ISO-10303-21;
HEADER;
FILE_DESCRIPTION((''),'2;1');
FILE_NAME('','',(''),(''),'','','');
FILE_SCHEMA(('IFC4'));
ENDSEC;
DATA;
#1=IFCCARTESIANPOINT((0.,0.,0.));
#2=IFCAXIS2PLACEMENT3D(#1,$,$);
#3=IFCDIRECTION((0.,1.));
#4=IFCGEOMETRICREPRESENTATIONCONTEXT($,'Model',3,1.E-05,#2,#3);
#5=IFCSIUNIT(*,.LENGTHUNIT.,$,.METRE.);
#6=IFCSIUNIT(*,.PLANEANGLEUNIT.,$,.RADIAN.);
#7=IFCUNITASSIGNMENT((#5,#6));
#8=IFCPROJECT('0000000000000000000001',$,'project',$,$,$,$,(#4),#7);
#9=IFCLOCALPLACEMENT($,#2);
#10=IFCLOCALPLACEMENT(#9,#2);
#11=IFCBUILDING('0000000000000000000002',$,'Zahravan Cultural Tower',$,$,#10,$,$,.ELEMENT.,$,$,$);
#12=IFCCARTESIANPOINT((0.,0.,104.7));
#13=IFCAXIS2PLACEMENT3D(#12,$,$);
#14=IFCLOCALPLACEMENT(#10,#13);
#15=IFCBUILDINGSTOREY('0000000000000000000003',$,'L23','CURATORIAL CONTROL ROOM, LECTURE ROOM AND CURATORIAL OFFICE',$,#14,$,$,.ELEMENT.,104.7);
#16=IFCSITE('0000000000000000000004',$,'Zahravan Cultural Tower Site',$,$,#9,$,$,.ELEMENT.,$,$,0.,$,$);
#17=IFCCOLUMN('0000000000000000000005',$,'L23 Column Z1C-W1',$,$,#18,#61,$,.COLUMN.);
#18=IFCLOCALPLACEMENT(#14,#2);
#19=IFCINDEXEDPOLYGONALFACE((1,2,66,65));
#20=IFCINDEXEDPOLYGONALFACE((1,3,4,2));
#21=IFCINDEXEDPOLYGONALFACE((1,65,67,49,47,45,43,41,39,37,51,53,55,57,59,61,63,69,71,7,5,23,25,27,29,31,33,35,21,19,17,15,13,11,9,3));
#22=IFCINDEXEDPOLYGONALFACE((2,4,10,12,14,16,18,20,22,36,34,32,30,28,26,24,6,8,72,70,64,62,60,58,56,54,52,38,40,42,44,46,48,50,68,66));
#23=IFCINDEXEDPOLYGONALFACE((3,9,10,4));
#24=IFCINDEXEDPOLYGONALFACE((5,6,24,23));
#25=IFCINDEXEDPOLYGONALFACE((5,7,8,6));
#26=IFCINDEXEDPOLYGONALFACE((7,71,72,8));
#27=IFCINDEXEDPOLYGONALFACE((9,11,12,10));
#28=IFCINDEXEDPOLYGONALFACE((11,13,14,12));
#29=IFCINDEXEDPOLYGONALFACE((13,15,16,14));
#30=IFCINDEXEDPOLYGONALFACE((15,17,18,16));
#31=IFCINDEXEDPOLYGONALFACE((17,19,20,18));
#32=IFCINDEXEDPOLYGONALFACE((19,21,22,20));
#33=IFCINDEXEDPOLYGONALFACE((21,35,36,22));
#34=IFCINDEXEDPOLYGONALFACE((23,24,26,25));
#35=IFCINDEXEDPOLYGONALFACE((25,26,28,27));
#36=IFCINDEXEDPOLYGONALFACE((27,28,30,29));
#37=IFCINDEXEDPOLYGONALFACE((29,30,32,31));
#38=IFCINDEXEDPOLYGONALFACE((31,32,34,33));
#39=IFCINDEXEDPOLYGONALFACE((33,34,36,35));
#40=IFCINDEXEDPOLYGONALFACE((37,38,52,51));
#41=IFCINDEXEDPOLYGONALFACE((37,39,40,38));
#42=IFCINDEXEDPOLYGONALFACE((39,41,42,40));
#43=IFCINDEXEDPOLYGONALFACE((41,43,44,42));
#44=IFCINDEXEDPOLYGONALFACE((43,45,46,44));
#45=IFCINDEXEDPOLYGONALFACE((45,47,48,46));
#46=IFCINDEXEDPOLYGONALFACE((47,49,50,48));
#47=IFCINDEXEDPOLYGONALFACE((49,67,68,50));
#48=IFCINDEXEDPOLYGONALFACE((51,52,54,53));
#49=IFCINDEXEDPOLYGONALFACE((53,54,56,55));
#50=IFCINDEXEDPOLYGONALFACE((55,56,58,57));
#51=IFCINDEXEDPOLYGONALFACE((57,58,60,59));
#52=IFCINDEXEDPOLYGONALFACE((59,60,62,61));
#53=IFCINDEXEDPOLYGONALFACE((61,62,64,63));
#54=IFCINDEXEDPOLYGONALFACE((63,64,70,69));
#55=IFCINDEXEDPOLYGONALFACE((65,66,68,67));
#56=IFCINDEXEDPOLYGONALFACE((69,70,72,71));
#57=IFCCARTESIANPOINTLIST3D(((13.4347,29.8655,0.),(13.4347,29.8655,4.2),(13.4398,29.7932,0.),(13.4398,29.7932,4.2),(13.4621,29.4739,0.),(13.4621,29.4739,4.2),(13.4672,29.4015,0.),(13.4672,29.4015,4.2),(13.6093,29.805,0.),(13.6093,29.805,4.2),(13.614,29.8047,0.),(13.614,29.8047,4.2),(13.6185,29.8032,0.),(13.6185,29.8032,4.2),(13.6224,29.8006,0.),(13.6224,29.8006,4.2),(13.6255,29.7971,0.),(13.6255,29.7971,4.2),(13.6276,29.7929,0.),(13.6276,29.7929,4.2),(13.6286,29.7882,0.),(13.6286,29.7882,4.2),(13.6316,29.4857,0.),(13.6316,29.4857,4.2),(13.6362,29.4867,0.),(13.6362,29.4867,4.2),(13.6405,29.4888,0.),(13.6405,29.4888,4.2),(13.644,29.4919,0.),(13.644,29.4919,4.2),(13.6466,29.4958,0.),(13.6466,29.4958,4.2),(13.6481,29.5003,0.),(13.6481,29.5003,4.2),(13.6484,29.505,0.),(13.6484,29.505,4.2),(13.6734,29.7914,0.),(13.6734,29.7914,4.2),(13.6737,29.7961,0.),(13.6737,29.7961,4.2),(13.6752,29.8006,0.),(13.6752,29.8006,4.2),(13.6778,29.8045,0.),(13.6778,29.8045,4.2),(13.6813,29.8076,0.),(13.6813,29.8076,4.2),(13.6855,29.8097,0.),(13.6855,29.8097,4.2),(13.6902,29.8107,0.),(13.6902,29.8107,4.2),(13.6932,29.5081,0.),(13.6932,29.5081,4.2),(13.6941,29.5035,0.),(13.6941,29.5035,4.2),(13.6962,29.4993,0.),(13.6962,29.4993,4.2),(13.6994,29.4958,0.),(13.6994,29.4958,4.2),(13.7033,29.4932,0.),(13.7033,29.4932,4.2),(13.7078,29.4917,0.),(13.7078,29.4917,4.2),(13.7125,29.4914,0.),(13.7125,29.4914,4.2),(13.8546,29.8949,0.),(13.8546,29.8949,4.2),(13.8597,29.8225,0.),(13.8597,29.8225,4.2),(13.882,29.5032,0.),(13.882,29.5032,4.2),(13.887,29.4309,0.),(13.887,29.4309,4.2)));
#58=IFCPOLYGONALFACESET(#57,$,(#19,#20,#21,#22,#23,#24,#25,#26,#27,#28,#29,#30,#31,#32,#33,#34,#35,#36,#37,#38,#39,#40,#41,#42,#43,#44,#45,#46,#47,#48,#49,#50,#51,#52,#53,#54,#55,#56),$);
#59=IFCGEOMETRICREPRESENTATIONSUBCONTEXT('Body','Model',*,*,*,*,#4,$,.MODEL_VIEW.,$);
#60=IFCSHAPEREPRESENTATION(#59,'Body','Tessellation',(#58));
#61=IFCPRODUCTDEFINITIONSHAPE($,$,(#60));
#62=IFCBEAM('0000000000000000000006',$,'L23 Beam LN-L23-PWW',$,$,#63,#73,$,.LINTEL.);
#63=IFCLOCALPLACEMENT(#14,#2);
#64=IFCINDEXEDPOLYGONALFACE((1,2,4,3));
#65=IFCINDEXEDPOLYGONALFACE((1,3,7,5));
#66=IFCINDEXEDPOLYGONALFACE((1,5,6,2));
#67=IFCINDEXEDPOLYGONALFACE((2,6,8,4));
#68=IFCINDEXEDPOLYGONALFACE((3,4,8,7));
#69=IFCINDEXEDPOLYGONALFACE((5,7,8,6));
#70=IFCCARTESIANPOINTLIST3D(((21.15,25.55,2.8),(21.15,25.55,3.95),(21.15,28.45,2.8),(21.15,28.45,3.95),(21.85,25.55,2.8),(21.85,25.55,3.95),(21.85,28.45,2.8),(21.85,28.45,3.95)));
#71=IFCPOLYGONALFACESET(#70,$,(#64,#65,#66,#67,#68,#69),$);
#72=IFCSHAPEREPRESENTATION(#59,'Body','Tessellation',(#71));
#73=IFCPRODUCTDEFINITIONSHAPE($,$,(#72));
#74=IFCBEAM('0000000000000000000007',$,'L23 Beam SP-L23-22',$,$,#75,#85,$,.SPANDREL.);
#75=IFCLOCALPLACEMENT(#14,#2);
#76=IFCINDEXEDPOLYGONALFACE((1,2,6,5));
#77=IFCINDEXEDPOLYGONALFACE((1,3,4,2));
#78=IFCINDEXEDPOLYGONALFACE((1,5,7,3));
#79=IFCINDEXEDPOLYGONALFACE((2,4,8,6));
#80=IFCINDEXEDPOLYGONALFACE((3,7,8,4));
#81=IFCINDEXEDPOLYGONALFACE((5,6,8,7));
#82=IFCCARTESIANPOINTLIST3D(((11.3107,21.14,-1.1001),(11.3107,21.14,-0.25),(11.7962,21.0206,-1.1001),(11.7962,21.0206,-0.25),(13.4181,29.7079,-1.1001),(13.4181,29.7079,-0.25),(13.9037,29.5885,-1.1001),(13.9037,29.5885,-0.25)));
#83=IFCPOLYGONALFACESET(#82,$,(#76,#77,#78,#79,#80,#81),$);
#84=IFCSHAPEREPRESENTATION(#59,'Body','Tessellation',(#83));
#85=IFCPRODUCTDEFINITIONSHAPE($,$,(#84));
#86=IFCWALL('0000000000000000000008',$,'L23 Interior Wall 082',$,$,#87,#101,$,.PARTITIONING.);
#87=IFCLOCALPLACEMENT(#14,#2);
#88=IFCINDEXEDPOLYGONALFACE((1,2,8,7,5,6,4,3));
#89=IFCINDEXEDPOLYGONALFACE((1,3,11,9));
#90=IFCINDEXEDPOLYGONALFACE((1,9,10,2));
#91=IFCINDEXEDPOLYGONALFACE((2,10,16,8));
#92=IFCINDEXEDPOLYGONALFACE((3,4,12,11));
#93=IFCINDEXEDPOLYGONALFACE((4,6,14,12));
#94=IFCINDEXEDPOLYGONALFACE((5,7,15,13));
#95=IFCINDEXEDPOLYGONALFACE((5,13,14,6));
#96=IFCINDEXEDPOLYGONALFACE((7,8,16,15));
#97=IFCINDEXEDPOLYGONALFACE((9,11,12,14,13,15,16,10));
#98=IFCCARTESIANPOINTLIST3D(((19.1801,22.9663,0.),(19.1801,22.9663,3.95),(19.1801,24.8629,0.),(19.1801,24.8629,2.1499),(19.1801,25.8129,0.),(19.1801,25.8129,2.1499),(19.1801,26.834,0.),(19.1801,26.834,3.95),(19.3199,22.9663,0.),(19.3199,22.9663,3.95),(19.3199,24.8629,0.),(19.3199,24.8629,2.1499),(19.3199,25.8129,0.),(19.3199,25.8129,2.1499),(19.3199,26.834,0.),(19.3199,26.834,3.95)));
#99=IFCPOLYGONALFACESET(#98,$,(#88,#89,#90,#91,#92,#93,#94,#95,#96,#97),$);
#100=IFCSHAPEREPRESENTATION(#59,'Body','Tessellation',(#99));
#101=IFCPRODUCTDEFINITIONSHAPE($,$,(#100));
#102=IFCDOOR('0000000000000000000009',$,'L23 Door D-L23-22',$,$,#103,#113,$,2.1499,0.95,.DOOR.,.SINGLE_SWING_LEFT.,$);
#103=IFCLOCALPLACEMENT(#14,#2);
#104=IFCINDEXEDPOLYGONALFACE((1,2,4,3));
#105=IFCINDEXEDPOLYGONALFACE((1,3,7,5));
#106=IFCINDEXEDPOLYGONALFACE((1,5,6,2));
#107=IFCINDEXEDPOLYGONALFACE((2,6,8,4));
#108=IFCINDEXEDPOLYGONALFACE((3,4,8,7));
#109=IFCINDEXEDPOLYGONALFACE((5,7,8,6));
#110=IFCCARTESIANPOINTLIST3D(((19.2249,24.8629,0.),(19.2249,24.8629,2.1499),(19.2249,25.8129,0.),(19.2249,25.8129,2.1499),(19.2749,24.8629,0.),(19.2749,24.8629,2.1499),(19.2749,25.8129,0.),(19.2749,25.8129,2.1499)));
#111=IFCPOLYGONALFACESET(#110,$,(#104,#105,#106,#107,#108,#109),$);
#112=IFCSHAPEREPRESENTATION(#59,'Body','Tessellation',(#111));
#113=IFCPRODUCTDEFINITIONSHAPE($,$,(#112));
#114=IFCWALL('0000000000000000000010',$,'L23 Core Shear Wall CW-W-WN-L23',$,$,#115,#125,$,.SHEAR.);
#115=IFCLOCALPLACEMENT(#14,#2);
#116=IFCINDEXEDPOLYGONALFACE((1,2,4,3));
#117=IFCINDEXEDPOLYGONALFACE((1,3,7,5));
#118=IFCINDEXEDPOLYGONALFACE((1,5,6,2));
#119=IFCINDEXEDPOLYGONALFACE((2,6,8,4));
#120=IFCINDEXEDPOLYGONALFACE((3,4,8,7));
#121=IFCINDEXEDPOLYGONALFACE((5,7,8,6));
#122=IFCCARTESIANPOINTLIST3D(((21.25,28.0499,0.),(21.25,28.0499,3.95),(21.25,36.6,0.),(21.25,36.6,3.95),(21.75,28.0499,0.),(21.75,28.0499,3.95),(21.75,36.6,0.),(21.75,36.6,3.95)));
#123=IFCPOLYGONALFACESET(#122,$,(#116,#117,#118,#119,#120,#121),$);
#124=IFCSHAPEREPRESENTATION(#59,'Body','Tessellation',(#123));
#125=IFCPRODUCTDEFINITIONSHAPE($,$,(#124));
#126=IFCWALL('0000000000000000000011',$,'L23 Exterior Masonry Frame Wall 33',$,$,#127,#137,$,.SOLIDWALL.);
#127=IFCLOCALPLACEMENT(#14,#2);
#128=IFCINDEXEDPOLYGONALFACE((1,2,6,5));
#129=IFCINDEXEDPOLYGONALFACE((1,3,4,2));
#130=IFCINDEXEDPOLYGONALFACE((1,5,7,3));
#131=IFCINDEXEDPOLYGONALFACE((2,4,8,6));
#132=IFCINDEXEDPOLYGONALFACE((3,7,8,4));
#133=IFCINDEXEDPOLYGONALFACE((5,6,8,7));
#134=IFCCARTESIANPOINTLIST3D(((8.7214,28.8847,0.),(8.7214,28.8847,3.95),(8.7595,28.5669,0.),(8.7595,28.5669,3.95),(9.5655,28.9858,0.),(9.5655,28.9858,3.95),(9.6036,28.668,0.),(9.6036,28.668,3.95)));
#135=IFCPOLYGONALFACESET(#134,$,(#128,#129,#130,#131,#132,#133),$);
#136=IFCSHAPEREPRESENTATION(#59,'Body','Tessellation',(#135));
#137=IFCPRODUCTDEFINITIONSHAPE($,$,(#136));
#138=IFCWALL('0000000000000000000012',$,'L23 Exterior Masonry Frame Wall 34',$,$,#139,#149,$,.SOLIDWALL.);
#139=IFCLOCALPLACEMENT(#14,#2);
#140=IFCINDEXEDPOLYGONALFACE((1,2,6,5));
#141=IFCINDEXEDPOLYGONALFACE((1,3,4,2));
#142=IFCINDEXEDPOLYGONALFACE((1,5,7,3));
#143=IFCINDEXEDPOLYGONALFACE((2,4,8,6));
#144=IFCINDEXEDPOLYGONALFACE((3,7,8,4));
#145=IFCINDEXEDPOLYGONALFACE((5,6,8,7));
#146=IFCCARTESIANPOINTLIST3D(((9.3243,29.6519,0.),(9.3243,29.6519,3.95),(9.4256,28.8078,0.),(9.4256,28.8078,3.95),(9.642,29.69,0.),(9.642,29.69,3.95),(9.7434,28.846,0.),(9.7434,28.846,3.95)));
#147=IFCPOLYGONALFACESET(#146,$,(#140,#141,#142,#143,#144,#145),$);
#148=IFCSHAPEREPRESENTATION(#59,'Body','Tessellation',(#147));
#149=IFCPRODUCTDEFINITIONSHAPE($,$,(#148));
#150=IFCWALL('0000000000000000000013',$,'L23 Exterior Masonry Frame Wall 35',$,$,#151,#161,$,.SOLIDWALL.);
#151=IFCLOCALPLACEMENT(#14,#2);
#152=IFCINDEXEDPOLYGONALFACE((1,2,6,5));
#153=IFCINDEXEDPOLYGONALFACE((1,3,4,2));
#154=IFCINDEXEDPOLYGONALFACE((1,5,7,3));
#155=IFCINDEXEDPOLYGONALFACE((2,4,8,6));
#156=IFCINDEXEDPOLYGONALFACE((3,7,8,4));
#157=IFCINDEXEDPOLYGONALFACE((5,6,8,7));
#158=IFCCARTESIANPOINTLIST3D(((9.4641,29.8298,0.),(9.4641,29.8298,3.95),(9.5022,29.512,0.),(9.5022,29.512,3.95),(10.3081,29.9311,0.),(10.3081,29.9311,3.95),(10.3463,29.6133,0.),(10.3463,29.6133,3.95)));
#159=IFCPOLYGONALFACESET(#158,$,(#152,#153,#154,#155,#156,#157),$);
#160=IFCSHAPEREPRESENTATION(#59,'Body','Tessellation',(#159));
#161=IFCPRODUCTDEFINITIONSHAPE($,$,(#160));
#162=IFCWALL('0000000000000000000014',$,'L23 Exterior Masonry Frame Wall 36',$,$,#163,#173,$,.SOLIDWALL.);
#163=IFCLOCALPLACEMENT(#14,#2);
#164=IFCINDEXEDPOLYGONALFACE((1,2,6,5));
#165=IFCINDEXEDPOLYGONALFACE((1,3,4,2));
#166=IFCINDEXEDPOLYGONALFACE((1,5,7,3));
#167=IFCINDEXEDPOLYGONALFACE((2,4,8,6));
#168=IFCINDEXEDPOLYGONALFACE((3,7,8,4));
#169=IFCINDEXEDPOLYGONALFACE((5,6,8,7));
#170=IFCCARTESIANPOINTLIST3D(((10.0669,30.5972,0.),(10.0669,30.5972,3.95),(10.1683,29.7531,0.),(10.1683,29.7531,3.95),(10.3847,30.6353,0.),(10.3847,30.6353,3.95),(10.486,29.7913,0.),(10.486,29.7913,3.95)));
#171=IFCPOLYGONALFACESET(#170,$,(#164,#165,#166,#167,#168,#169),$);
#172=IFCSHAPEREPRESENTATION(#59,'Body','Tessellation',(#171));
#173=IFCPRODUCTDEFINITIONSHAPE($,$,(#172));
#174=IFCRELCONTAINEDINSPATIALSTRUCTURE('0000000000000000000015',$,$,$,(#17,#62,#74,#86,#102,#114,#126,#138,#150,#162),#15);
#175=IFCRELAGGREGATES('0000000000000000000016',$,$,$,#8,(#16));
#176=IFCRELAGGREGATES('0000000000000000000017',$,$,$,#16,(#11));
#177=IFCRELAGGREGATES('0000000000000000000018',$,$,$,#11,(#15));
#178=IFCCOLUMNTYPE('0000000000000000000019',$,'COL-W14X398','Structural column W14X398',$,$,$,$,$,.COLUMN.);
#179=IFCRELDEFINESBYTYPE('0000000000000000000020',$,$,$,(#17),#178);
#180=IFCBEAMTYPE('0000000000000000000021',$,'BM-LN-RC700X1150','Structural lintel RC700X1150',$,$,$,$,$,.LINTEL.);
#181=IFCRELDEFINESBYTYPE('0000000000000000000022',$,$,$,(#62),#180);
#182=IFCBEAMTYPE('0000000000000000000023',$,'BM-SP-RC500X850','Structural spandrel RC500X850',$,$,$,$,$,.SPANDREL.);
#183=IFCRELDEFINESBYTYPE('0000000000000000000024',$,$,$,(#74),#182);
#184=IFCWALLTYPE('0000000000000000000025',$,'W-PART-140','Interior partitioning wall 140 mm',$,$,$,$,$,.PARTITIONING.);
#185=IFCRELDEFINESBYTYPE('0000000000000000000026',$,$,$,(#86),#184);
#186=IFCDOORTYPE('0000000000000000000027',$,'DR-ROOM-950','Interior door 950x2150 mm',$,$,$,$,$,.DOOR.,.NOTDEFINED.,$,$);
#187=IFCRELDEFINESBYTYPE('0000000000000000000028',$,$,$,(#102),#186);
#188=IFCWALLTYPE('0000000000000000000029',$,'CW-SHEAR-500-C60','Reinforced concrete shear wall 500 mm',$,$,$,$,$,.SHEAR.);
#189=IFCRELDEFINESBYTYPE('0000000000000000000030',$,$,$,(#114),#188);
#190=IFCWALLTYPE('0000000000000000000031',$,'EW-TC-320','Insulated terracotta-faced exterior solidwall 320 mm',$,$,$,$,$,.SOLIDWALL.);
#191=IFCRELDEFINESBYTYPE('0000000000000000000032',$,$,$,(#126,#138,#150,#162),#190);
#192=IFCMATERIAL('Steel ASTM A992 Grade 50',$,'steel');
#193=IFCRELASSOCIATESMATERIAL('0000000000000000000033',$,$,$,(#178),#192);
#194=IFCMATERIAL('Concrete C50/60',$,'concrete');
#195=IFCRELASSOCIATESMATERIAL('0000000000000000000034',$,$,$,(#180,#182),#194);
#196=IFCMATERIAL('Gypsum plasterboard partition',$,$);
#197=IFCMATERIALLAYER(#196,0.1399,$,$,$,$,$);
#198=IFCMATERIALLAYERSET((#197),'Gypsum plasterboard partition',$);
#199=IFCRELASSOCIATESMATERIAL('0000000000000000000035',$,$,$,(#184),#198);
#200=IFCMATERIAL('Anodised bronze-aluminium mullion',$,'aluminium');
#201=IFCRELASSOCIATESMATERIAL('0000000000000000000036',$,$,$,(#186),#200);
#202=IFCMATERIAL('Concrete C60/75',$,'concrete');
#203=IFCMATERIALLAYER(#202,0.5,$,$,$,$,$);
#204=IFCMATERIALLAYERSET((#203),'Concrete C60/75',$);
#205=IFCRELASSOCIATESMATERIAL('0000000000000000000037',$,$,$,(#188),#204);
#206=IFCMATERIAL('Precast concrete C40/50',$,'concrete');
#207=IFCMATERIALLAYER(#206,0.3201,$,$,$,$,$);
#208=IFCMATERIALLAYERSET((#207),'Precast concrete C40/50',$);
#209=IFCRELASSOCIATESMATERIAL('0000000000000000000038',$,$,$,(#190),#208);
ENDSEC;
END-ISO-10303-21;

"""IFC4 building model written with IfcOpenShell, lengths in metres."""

from ifc_helpers import new_model, si_unit, direction, frame, frame_2d, origin, origin_2d, place, context, subcontext, project, spatial, rectangle, i_section, extrude, source, transform, mapped, material, layer, layer_set, material_profile, profile_set, type_object, element, fill, save


model = new_model("IFC4")

# Units and contexts
model_context = context("Model", 3, precision=1e-05, world=origin(), true_north=direction((0.0, 1.0)))
body_context = subcontext(model_context, "Body", "Model", "MODEL_VIEW")
ifc_project = project(units=[si_unit("LENGTHUNIT", "METRE"), si_unit("PLANEANGLEUNIT", "RADIAN")], contexts=[model_context])

# Site, building, storey
site_placement = place(None, origin())
site = spatial("IfcSite", under=ifc_project, at=site_placement, Name="Zahravan Cultural Tower Site", CompositionType="ELEMENT", RefElevation=0.0)
building_placement = place(site_placement, origin())
building = spatial("IfcBuilding", under=site, at=building_placement, Name="Zahravan Cultural Tower", CompositionType="ELEMENT")
storey_placement = place(building_placement, frame((0.0, 0.0, 104.7)))
storey = spatial("IfcBuildingStorey", under=building, at=storey_placement, Name="L23", Description="CURATORIAL CONTROL ROOM, LECTURE ROOM AND CURATORIAL OFFICE", CompositionType="ELEMENT", Elevation=104.7)

# Column
ifc_material_1 = material(Name="Steel ASTM A992 Grade 50", Category="steel")
ifc_material_profile_1 = material_profile(ifc_material_1, i_section(OverallWidth=0.4209, OverallDepth=0.4651, WebThickness=0.0449, FlangeThickness=0.0725, FilletRadius=0.0181, at=origin_2d()), Name="W14X398")
ifc_profile_set_1 = profile_set([ifc_material_profile_1], Name="Steel ASTM A992 Grade 50")
column_type = type_object("IfcColumnType", Name="COL-W14X398", Description="Structural column W14X398", PredefinedType="COLUMN", material=ifc_profile_set_1)
shared_shape_1 = source(origin(), body_context, "Body", "SweptSolid", [
    extrude(i_section(OverallWidth=0.4209, OverallDepth=0.4651, WebThickness=0.0449, FlangeThickness=0.0725, FilletRadius=0.0181, at=origin_2d()), origin(), (0.0, 0.0, 1.0), 4.2),
])
column_placement = place(storey_placement, frame((13.6609, 29.6482, 0.0), z_axis=(0.0, 0.0, 1.0), x_axis=(0.997564, 0.069756, 0.0)))
element("IfcColumn", 1, at=column_placement, inside=storey, type_object=column_type, Name="L23 Column Z1C-W1", PredefinedType="COLUMN", context=body_context, shape_type="MappedRepresentation", body=[
    mapped(shared_shape_1, transform((0.0, 0.0, 0.0), x_axis=(1.0, 0.0, 0.0), y_axis=(0.0, 1.0, 0.0), z_axis=(0.0, 0.0, 1.0), scale=1.0)),
])

# Beams
ifc_material_2 = material(Name="Concrete C50/60", Category="concrete")
ifc_material_profile_2 = material_profile(ifc_material_2, rectangle(XDim=0.7, YDim=1.1499, at=origin_2d()), Name="RC700X1150")
ifc_profile_set_2 = profile_set([ifc_material_profile_2], Name="Concrete C50/60")
beam_type_1 = type_object("IfcBeamType", Name="BM-LN-RC700X1150", Description="Structural lintel RC700X1150", PredefinedType="LINTEL", material=ifc_profile_set_2)
shared_shape_2 = source(origin(), body_context, "Body", "SweptSolid", [
    extrude(rectangle(XDim=0.7, YDim=1.1499, at=origin_2d()), origin(), (0.0, 0.0, 1.0), 2.8999),
])
beam_1_placement = place(storey_placement, frame((21.5, 25.55, 3.375), z_axis=(0.0, 1.0, 0.0), x_axis=(-1.0, 0.0, 0.0)))
element("IfcBeam", 2, at=beam_1_placement, inside=storey, type_object=beam_type_1, Name="L23 Beam LN-L23-PWW", PredefinedType="LINTEL", context=body_context, shape_type="MappedRepresentation", body=[
    mapped(shared_shape_2, transform((0.0, 0.0, 0.0), x_axis=(1.0, 0.0, 0.0), y_axis=(0.0, 1.0, 0.0), z_axis=(0.0, 0.0, 1.0), scale=1.0)),
])
ifc_material_profile_3 = material_profile(ifc_material_2, rectangle(XDim=0.5, YDim=0.8501, at=origin_2d()), Name="RC500X850")
ifc_profile_set_3 = profile_set([ifc_material_profile_3], Name="Concrete C50/60")
beam_type_2 = type_object("IfcBeamType", Name="BM-SP-RC500X850", Description="Structural spandrel RC500X850", PredefinedType="SPANDREL", material=ifc_profile_set_3)
shared_shape_3 = source(origin(), body_context, "Body", "SweptSolid", [
    extrude(rectangle(XDim=0.5, YDim=0.8501, at=origin_2d()), origin(), (0.0, 0.0, 1.0), 8.8232),
])
beam_2_placement = place(storey_placement, frame((13.6609, 29.6482, -0.675), z_axis=(-0.238849, -0.971057, 0.0), x_axis=(0.971057, -0.238849, 0.0)))
element("IfcBeam", 3, at=beam_2_placement, inside=storey, type_object=beam_type_2, Name="L23 Beam SP-L23-22", PredefinedType="SPANDREL", context=body_context, shape_type="MappedRepresentation", body=[
    mapped(shared_shape_3, transform((0.0, 0.0, 0.0), x_axis=(1.0, 0.0, 0.0), y_axis=(0.0, 1.0, 0.0), z_axis=(0.0, 0.0, 1.0), scale=1.0)),
])

# Wall, opening, door
ifc_material_3 = material(Name="Gypsum plasterboard partition")
ifc_layer_1 = layer(ifc_material_3, 0.1399)
ifc_layer_set_1 = layer_set([ifc_layer_1], Name="Gypsum plasterboard partition")
wall_type_1 = type_object("IfcWallType", Name="W-PART-140", Description="Interior partitioning wall 140 mm", PredefinedType="PARTITIONING", material=ifc_layer_set_1)
wall_1_placement = place(storey_placement, frame((19.25, 26.834, 0.0), z_axis=(0.0, 0.0, 1.0), x_axis=(0.0, -1.0, 0.0)))
wall_1 = element("IfcWall", 4, at=wall_1_placement, inside=storey, type_object=wall_type_1, Name="L23 Interior Wall 082", PredefinedType="PARTITIONING", context=body_context, shape_type="SweptSolid", body=[
    extrude(rectangle(XDim=3.8677, YDim=0.1399, at=frame_2d((1.9338, 0.0))), origin(), (0.0, 0.0, 1.0), 3.95),
])
opening_placement = place(wall_1_placement, frame((1.021, 0.0, 0.0)))
opening = element("IfcOpeningElement", 5, at=opening_placement, cuts=wall_1, PredefinedType="OPENING", context=body_context, shape_type="SweptSolid", body=[
    extrude(rectangle(XDim=0.95, YDim=2.1499, at=frame_2d((0.4751, 1.075))), frame((0.0, 0.0798, 0.0), z_axis=(0.0, -1.0, 0.0), x_axis=(1.0, 0.0, 0.0)), (0.0, 0.0, 1.0), 0.1599),
])
ifc_material_4 = material(Name="Anodised bronze-aluminium mullion", Category="aluminium")
door_type = type_object("IfcDoorType", Name="DR-ROOM-950", Description="Interior door 950x2150 mm", OperationType="NOTDEFINED", PredefinedType="DOOR", material=ifc_material_4)
shared_shape_4 = source(origin(), body_context, "Body", "SweptSolid", [
    extrude(rectangle(XDim=0.95, YDim=2.1499, at=frame_2d((0.4751, 1.075))), frame((0.0, 0.0249, 0.0), z_axis=(0.0, -1.0, 0.0), x_axis=(1.0, 0.0, 0.0)), (0.0, 0.0, 1.0), 0.05),
])
door_placement = place(opening_placement, origin())
door = element("IfcDoor", 6, at=door_placement, inside=storey, type_object=door_type, Name="L23 Door D-L23-22", OperationType="SINGLE_SWING_LEFT", OverallHeight=2.1499, OverallWidth=0.95, PredefinedType="DOOR", context=body_context, shape_type="MappedRepresentation", body=[
    mapped(shared_shape_4, transform((0.0, 0.0, 0.0), x_axis=(1.0, 0.0, 0.0), y_axis=(0.0, 1.0, 0.0), z_axis=(0.0, 0.0, 1.0), scale=1.0)),
])
fill(opening, door)

# Walls
ifc_material_5 = material(Name="Concrete C60/75", Category="concrete")
ifc_layer_2 = layer(ifc_material_5, 0.5)
ifc_layer_set_2 = layer_set([ifc_layer_2], Name="Concrete C60/75")
wall_type_2 = type_object("IfcWallType", Name="CW-SHEAR-500-C60", Description="Reinforced concrete shear wall 500 mm", PredefinedType="SHEAR", material=ifc_layer_set_2)
shared_shape_5 = source(origin(), body_context, "Body", "SweptSolid", [
    extrude(rectangle(XDim=8.55, YDim=0.5, at=frame_2d((4.2749, 0.0))), origin(), (0.0, 0.0, 1.0), 3.95),
])
wall_2_placement = place(storey_placement, frame((21.5, 28.05, 0.0), z_axis=(0.0, 0.0, 1.0), x_axis=(0.0, 1.0, 0.0)))
element("IfcWall", 7, at=wall_2_placement, inside=storey, type_object=wall_type_2, Name="L23 Core Shear Wall CW-W-WN-L23", PredefinedType="SHEAR", context=body_context, shape_type="MappedRepresentation", body=[
    mapped(shared_shape_5, transform((0.0, 0.0, 0.0), x_axis=(1.0, 0.0, 0.0), y_axis=(0.0, 1.0, 0.0), z_axis=(0.0, 0.0, 1.0), scale=1.0)),
])
ifc_material_6 = material(Name="Precast concrete C40/50", Category="concrete")
ifc_layer_3 = layer(ifc_material_6, 0.3201)
ifc_layer_set_3 = layer_set([ifc_layer_3], Name="Precast concrete C40/50")
wall_type_3 = type_object("IfcWallType", Name="EW-TC-320", Description="Insulated terracotta-faced exterior solidwall 320 mm", PredefinedType="SOLIDWALL", material=ifc_layer_set_3)
shared_shape_6 = source(origin(), body_context, "Body", "SweptSolid", [
    extrude(rectangle(XDim=0.8501, YDim=0.3201, at=frame_2d((0.425, 0.0))), origin(), (0.0, 0.0, 1.0), 3.95),
])
for number, where, z_axis, x_axis, name in (
    (8, (8.7405, 28.7258, 0.0), (0.0, 0.0, 1.0), (0.992905, 0.118907, 0.0), "L23 Exterior Masonry Frame Wall 33"),
    (9, (9.5845, 28.8269, 0.0), (0.0, 0.0, 1.0), (-0.119191, 0.992871, 0.0), "L23 Exterior Masonry Frame Wall 34"),
    (10, (9.4832, 29.6709, 0.0), (0.0, 0.0, 1.0), (0.992871, 0.119191, 0.0), "L23 Exterior Masonry Frame Wall 35"),
    (11, (10.3271, 29.7722, 0.0), (0.0, 0.0, 1.0), (-0.119191, 0.992871, 0.0), "L23 Exterior Masonry Frame Wall 36"),
):
    element("IfcWall", number, at=place(storey_placement, frame(where, z_axis=z_axis, x_axis=x_axis)), inside=storey, type_object=wall_type_3, Name=name, PredefinedType="SOLIDWALL", context=body_context, shape_type="MappedRepresentation", body=[
        mapped(shared_shape_6, transform((0.0, 0.0, 0.0), x_axis=(1.0, 0.0, 0.0), y_axis=(0.0, 1.0, 0.0), z_axis=(0.0, 0.0, 1.0), scale=1.0)),
    ])

save(model, "model.ifc")
